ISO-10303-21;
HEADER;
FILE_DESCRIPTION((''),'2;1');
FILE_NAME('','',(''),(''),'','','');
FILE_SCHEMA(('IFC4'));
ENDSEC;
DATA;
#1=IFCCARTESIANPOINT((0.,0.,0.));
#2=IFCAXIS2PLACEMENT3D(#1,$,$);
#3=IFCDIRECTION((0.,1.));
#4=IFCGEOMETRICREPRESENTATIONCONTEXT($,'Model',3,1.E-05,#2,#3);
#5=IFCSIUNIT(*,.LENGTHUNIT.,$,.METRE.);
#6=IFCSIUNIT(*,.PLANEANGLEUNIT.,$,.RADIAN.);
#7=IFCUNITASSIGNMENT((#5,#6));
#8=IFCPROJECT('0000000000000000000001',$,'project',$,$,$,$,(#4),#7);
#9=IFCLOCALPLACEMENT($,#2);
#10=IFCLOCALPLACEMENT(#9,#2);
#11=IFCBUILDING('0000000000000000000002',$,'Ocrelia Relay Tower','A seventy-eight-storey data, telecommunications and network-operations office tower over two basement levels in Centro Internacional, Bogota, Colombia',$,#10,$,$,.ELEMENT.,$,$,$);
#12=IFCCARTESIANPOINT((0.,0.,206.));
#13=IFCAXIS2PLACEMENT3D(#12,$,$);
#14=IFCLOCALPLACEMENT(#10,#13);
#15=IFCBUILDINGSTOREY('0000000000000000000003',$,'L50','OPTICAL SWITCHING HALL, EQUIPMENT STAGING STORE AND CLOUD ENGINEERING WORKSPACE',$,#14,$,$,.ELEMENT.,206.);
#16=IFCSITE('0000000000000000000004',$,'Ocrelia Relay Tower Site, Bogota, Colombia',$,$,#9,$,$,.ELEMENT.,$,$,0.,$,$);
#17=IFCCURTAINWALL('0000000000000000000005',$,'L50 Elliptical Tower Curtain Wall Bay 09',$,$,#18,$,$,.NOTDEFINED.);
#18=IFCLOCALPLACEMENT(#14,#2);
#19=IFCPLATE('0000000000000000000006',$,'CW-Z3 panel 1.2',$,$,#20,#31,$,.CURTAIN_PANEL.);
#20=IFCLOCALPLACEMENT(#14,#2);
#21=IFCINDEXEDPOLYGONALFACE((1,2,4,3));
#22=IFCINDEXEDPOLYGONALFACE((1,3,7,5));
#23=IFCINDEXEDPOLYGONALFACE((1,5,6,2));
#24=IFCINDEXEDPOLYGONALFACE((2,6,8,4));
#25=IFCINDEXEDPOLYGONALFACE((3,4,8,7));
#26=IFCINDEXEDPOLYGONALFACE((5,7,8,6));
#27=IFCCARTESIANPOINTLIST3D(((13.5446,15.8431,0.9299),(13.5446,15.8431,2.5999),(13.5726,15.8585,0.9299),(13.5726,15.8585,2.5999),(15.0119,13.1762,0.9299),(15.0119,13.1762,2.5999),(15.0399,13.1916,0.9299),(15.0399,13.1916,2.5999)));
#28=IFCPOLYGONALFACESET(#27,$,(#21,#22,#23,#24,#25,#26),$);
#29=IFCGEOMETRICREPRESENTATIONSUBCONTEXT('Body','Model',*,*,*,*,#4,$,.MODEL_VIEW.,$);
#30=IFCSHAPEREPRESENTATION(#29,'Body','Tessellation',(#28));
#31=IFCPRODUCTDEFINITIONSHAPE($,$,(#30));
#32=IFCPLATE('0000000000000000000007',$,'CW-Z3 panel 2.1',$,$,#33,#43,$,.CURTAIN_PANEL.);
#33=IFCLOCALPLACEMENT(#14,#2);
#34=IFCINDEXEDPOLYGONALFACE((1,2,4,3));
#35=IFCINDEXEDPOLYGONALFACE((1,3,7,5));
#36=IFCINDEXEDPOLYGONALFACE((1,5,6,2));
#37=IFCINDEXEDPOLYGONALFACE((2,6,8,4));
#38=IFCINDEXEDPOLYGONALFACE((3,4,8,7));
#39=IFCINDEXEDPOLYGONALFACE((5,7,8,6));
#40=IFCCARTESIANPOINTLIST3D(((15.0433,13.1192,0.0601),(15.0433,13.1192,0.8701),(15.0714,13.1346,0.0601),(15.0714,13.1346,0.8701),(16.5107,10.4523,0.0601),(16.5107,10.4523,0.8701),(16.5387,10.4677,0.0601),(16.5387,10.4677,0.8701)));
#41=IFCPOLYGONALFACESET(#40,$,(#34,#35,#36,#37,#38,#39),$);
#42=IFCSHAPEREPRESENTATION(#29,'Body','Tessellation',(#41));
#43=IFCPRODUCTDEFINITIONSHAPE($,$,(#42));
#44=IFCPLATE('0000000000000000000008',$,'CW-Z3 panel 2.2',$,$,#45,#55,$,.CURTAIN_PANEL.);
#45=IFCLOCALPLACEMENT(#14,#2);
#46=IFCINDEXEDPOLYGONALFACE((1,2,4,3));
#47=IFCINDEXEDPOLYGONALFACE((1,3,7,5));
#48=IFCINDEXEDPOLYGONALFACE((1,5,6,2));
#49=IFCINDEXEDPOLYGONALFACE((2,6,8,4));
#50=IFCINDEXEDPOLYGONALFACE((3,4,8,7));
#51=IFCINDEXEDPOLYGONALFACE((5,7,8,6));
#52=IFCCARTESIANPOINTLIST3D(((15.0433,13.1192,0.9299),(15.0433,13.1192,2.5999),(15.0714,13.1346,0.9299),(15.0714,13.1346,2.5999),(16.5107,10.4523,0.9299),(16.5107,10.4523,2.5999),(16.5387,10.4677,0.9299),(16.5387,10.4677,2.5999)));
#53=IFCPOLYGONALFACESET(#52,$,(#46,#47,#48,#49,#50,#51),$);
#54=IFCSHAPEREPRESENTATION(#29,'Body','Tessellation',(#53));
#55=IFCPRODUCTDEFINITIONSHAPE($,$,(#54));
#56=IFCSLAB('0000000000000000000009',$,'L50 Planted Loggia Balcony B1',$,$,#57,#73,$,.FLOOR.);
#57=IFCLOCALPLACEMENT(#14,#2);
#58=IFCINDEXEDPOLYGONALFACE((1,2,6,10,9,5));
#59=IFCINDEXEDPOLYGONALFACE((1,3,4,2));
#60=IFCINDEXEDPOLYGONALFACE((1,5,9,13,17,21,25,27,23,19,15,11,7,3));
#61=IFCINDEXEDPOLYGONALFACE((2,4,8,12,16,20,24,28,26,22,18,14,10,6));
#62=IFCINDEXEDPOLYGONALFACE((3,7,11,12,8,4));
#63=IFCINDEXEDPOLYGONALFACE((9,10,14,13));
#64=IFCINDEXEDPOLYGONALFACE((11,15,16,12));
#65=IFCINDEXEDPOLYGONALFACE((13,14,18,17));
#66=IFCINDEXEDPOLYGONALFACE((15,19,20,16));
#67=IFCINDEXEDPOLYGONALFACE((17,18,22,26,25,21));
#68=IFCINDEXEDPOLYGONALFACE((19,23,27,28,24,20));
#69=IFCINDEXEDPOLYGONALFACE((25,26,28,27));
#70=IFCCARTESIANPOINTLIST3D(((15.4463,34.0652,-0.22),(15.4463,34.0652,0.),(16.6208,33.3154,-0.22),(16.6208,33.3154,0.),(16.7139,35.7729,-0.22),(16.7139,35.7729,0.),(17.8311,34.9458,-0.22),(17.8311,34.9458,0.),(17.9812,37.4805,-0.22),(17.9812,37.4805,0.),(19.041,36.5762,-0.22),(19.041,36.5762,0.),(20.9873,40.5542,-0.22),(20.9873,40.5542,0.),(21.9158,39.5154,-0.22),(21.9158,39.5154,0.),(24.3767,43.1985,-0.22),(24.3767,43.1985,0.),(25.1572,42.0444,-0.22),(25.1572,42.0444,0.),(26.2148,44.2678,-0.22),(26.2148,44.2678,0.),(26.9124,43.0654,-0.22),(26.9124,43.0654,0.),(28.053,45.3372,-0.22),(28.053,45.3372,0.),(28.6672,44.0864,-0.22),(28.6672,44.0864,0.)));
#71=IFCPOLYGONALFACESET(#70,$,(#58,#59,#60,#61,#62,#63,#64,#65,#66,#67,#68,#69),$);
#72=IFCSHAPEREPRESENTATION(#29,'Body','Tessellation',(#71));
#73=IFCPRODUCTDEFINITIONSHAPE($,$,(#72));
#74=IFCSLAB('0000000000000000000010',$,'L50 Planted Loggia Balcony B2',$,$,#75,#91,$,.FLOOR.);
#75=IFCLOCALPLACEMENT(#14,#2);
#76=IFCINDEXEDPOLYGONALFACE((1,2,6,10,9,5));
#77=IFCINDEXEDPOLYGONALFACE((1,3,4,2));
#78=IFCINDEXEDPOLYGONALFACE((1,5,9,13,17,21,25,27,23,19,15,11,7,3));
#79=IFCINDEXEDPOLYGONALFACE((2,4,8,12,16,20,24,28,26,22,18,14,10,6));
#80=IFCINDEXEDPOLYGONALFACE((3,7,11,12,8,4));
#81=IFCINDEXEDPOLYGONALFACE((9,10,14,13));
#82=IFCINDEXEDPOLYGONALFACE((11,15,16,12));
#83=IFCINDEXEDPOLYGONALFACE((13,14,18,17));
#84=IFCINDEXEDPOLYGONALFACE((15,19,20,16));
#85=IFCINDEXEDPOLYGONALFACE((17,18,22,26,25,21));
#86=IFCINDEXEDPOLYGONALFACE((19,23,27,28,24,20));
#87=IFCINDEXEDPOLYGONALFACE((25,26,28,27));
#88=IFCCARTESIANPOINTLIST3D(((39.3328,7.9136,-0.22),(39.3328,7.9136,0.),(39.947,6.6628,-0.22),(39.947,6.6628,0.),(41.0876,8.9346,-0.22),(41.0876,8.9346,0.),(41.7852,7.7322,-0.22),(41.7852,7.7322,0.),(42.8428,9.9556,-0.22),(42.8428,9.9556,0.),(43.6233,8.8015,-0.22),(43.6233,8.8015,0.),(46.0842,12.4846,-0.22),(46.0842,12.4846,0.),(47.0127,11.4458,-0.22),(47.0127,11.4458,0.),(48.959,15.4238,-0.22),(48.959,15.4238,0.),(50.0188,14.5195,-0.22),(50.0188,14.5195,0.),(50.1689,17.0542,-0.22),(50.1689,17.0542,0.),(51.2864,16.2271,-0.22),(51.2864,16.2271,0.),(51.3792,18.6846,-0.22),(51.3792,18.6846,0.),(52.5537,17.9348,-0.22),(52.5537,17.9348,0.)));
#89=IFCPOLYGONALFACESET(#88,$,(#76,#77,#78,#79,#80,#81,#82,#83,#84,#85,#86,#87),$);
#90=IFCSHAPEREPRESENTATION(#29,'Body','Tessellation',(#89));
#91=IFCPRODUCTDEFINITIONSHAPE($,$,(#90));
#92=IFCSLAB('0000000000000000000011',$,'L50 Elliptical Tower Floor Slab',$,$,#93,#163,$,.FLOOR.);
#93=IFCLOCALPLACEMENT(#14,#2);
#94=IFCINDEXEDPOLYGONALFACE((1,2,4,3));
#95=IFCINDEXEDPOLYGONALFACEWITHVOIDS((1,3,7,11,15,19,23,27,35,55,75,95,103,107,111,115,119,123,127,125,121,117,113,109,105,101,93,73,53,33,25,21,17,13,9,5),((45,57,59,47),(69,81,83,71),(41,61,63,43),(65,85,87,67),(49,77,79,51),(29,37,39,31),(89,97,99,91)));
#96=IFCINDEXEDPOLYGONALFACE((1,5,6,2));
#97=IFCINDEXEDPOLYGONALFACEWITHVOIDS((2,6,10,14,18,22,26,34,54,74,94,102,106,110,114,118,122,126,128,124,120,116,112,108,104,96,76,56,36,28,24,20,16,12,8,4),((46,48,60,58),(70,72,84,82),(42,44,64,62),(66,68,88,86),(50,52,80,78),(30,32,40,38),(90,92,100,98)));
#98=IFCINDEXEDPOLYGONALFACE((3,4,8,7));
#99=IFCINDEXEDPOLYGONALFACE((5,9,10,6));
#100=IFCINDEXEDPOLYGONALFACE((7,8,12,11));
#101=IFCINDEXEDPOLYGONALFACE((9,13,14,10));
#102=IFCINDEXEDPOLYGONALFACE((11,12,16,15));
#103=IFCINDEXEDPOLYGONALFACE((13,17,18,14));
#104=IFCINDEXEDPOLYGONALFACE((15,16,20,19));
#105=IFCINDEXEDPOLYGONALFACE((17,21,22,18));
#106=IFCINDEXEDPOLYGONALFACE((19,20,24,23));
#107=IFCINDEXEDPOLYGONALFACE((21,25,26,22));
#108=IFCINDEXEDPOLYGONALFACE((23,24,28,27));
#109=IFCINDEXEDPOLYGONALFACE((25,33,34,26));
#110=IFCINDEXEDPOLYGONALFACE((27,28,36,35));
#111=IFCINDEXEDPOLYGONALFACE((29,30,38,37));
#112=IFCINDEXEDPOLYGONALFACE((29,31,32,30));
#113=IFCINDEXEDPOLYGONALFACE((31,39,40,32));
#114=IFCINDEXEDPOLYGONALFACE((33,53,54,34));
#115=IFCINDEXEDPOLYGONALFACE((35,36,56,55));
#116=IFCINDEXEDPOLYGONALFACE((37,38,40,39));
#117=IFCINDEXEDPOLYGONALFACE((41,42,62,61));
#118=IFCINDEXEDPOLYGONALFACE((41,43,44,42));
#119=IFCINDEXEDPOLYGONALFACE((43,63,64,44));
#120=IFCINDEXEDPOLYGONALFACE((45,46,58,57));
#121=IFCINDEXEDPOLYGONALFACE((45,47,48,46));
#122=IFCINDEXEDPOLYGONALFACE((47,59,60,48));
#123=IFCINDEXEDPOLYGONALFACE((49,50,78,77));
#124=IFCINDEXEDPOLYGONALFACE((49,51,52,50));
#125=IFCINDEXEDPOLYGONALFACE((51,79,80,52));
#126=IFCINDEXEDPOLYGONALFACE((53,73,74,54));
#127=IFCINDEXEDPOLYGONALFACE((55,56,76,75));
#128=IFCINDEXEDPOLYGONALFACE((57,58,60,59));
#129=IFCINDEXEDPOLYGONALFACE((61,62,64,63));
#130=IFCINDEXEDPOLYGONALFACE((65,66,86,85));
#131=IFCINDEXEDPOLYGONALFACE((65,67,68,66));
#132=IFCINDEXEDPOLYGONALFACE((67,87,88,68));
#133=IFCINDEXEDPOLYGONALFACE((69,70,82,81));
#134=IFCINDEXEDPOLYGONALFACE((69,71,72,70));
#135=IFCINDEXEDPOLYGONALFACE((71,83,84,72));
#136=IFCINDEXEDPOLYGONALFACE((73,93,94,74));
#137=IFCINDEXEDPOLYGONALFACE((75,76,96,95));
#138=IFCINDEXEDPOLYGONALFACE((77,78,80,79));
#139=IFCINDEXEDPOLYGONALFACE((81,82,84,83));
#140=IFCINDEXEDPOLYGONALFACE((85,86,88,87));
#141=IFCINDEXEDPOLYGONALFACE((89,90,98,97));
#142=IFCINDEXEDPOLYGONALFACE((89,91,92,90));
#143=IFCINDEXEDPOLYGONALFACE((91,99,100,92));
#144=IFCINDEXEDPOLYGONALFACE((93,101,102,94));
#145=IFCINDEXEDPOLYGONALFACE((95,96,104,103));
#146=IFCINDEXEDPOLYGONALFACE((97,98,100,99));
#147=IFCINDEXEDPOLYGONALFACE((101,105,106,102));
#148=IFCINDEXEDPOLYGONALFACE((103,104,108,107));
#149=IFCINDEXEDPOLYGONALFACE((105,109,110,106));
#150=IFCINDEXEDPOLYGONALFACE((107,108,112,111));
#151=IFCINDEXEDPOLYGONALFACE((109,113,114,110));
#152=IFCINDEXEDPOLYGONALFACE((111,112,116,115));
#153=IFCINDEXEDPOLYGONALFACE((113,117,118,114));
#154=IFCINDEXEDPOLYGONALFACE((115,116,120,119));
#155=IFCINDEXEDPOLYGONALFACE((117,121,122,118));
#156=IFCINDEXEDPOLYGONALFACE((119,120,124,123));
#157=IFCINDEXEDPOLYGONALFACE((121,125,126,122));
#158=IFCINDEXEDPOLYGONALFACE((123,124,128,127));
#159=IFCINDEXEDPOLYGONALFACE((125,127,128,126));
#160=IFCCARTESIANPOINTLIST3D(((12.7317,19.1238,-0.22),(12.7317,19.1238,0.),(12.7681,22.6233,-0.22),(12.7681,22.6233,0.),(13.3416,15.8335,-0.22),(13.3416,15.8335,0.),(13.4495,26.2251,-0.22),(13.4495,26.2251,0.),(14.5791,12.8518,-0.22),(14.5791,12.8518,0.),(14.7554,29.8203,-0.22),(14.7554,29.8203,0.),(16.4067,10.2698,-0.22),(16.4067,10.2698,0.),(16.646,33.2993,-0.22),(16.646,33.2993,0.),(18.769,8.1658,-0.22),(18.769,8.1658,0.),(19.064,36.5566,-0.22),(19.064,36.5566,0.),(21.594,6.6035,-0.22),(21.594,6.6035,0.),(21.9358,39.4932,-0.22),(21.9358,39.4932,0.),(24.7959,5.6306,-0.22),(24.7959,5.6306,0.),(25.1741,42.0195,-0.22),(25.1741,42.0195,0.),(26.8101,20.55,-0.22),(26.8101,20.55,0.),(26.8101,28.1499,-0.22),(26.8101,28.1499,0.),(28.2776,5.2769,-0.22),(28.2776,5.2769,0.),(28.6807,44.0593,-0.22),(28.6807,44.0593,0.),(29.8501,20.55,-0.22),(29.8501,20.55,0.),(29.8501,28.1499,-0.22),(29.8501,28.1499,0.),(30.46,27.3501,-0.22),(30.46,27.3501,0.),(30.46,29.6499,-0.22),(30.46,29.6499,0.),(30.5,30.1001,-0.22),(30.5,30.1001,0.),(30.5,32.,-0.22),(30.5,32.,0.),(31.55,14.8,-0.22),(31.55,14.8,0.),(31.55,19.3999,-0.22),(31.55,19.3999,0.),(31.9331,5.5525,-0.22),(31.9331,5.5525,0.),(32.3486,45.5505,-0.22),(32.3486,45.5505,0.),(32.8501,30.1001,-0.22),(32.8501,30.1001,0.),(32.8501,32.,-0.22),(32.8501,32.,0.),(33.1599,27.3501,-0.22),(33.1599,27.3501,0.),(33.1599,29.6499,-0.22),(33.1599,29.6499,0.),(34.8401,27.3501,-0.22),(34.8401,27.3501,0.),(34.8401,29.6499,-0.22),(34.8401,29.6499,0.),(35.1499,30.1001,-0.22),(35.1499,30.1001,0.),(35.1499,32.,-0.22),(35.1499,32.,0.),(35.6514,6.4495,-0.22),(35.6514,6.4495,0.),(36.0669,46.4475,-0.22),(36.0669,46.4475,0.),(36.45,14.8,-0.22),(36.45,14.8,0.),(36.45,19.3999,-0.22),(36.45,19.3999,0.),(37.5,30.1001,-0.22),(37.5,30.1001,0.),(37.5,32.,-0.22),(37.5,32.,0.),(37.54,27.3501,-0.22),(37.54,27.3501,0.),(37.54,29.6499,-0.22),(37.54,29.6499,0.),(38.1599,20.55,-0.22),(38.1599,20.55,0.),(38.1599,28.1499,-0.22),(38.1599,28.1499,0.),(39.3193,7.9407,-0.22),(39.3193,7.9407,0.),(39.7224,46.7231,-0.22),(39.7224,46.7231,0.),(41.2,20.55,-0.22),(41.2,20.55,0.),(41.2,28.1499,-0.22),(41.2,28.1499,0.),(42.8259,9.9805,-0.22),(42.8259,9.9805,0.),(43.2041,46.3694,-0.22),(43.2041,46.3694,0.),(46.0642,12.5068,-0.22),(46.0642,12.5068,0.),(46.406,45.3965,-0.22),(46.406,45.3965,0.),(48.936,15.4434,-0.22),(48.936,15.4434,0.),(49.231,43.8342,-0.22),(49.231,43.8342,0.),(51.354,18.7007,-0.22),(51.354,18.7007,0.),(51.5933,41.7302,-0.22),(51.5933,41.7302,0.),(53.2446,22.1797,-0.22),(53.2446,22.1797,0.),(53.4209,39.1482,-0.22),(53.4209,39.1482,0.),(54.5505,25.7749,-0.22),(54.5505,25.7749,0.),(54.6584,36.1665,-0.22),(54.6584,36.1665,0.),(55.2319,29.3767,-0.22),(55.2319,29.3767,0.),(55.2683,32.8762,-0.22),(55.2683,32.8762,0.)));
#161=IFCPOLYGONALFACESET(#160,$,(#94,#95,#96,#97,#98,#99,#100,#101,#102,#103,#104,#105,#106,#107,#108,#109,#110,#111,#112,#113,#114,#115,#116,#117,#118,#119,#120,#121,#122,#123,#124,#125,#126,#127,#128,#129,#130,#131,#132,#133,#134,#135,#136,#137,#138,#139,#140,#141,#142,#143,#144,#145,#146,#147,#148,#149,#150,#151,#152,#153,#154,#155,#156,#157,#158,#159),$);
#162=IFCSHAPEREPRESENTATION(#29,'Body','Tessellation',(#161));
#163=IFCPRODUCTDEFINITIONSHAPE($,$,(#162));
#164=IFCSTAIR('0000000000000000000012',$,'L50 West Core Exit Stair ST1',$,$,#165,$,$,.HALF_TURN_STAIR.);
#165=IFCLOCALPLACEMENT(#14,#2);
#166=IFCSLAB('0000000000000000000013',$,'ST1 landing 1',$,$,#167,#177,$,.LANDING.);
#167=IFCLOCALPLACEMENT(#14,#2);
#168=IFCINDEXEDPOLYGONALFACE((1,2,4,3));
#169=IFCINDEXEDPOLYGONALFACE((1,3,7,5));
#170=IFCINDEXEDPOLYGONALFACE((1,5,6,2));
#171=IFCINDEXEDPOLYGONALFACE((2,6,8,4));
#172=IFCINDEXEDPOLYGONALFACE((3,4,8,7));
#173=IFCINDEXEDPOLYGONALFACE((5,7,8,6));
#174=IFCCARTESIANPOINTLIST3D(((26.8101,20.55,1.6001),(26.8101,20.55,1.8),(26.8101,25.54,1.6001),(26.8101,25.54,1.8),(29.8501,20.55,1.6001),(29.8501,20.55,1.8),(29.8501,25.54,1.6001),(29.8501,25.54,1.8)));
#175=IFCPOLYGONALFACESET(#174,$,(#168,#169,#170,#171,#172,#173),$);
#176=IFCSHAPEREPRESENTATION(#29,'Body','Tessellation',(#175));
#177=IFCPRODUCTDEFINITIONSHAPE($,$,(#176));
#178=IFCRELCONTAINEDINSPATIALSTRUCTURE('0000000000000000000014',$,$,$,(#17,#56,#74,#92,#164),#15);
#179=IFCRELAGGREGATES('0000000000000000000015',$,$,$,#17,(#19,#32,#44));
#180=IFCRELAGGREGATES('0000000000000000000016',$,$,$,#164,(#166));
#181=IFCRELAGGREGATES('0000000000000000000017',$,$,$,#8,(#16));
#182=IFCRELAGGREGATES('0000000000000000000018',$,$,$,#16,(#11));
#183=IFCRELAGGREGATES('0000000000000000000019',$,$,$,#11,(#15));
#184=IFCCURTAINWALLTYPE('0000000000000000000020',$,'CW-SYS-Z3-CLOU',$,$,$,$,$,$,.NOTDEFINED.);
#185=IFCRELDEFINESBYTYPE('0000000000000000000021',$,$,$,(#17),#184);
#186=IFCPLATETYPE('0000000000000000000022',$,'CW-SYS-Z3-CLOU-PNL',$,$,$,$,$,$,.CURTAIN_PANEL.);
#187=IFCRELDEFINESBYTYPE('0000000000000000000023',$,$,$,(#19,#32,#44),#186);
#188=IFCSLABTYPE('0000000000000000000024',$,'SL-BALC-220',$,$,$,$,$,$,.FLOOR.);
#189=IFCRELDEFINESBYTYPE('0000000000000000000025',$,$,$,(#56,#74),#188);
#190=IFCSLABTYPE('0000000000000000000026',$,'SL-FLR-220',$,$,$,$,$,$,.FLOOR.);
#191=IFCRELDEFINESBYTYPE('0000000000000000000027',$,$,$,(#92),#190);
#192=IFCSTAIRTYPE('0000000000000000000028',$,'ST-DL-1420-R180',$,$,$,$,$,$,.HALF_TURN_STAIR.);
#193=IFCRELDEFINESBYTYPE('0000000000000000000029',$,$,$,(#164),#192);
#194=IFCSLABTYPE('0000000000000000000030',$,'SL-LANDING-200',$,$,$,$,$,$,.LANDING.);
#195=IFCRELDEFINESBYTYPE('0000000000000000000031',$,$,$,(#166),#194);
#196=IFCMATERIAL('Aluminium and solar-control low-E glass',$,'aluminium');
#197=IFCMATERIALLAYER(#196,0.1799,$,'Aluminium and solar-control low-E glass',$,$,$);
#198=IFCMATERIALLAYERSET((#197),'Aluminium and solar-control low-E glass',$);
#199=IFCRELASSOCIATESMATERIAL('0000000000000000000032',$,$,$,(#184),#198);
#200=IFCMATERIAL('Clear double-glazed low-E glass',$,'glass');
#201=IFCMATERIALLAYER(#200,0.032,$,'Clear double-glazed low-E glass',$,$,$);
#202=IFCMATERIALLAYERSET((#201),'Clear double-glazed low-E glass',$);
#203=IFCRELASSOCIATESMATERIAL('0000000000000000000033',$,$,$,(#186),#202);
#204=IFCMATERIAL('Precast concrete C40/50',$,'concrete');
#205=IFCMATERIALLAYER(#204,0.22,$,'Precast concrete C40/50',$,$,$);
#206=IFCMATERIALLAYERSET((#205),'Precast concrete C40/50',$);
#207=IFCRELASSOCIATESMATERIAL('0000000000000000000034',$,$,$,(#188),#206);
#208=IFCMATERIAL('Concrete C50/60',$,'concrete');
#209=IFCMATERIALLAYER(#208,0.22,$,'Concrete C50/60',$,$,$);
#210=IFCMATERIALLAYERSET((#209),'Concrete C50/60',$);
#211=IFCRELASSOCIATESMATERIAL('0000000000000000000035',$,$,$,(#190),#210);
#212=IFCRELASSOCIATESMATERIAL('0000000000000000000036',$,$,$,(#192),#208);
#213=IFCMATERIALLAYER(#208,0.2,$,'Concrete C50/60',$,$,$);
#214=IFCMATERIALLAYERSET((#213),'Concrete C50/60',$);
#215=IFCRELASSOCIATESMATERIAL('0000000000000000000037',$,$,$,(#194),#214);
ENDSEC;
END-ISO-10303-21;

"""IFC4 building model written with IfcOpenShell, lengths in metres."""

from ifc_helpers import new_model, si_unit, direction, frame, origin, origin_2d, place, context, subcontext, project, spatial, polyline, rectangle, outline, extrude, material, layer, layer_set, type_object, element, aggregate, save


model = new_model("IFC4")

# Units and contexts
model_context = context("Model", 3, precision=1e-05, world=origin(), true_north=direction((0.0, 1.0)))
body_context = subcontext(model_context, "Body", "Model", "MODEL_VIEW")
ifc_project = project(units=[si_unit("LENGTHUNIT", "METRE"), si_unit("PLANEANGLEUNIT", "RADIAN")], contexts=[model_context])

# Site, building, storey
site_placement = place(None, origin())
site = spatial("IfcSite", under=ifc_project, at=site_placement, Name="Ocrelia Relay Tower Site, Bogota, Colombia", CompositionType="ELEMENT", RefElevation=0.0)
building_placement = place(site_placement, origin())
building = spatial("IfcBuilding", under=site, at=building_placement, Name="Ocrelia Relay Tower", Description="A seventy-eight-storey data, telecommunications and network-operations office tower over two basement levels in Centro Internacional, Bogota, Colombia", CompositionType="ELEMENT")
storey_placement = place(building_placement, frame((0.0, 0.0, 206.0)))
storey = spatial("IfcBuildingStorey", under=building, at=storey_placement, Name="L50", Description="OPTICAL SWITCHING HALL, EQUIPMENT STAGING STORE AND CLOUD ENGINEERING WORKSPACE", CompositionType="ELEMENT", Elevation=206.0)

# Curtain wall
ifc_material_1 = material(Name="Aluminium and solar-control low-E glass", Category="aluminium")
ifc_layer_1 = layer(ifc_material_1, 0.1799, Name="Aluminium and solar-control low-E glass")
ifc_layer_set_1 = layer_set([ifc_layer_1], Name="Aluminium and solar-control low-E glass")
curtain_wall_type = type_object("IfcCurtainWallType", Name="CW-SYS-Z3-CLOU", PredefinedType="NOTDEFINED", material=ifc_layer_set_1)
curtain_wall_1_placement = place(storey_placement, origin())
curtain_wall_1 = element("IfcCurtainWall", 1, at=curtain_wall_1_placement, inside=storey, type_object=curtain_wall_type, Name="L50 Elliptical Tower Curtain Wall Bay 09", PredefinedType="NOTDEFINED")

# Plates
ifc_material_2 = material(Name="Clear double-glazed low-E glass", Category="glass")
ifc_layer_2 = layer(ifc_material_2, 0.032, Name="Clear double-glazed low-E glass")
ifc_layer_set_2 = layer_set([ifc_layer_2], Name="Clear double-glazed low-E glass")
plate_type = type_object("IfcPlateType", Name="CW-SYS-Z3-CLOU-PNL", PredefinedType="CURTAIN_PANEL", material=ifc_layer_set_2)
plate_1_placement = place(storey_placement, frame((14.2922, 14.5173, 0.9299), z_axis=(0.0, 0.0, 1.0), x_axis=(0.482049, -0.876144, 0.0)))
plate_1 = element("IfcPlate", 2, at=plate_1_placement, type_object=plate_type, Name="CW-Z3 panel 1.2", PredefinedType="CURTAIN_PANEL", context=body_context, shape_type="SweptSolid", body=[
    extrude(rectangle(XDim=3.0439, YDim=0.032, at=origin_2d()), origin(), (0.0, 0.0, 1.0), 1.6699),
])
plate_2_placement = place(storey_placement, frame((15.791, 11.7935, 0.0601), z_axis=(0.0, 0.0, 1.0), x_axis=(0.482049, -0.876144, 0.0)))
plate_2 = element("IfcPlate", 3, at=plate_2_placement, type_object=plate_type, Name="CW-Z3 panel 2.1", PredefinedType="CURTAIN_PANEL", context=body_context, shape_type="SweptSolid", body=[
    extrude(rectangle(XDim=3.0439, YDim=0.032, at=origin_2d()), origin(), (0.0, 0.0, 1.0), 0.8101),
])
plate_3_placement = place(storey_placement, frame((15.791, 11.7935, 0.9299), z_axis=(0.0, 0.0, 1.0), x_axis=(0.482049, -0.876144, 0.0)))
plate_3 = element("IfcPlate", 4, at=plate_3_placement, type_object=plate_type, Name="CW-Z3 panel 2.2", PredefinedType="CURTAIN_PANEL", context=body_context, shape_type="SweptSolid", body=[
    extrude(rectangle(XDim=3.0439, YDim=0.032, at=origin_2d()), origin(), (0.0, 0.0, 1.0), 1.6699),
])
aggregate(curtain_wall_1, [plate_1, plate_2, plate_3])

# Slabs
ifc_material_3 = material(Name="Precast concrete C40/50", Category="concrete")
ifc_layer_3 = layer(ifc_material_3, 0.22, Name="Precast concrete C40/50")
ifc_layer_set_3 = layer_set([ifc_layer_3], Name="Precast concrete C40/50")
slab_type_1 = type_object("IfcSlabType", Name="SL-BALC-220", PredefinedType="FLOOR", material=ifc_layer_set_3)
slab_1_placement = place(storey_placement, frame((0.0, 0.0, -0.22)))
element("IfcSlab", 5, at=slab_1_placement, inside=storey, type_object=slab_type_1, Name="L50 Planted Loggia Balcony B1", PredefinedType="FLOOR", context=body_context, shape_type="SweptSolid", body=[
    extrude(outline(polyline([(28.6672, 44.0864), (26.9124, 43.0654), (25.1572, 42.0444), (21.9158, 39.5154), (19.041, 36.5762), (17.8311, 34.9458), (16.6208, 33.3154), (15.4463, 34.0652), (16.7139, 35.7729), (17.9812, 37.4805), (20.9873, 40.5542), (24.3767, 43.1985), (26.2148, 44.2678), (28.053, 45.3372), (28.6672, 44.0864)])), origin(), (0.0, 0.0, 1.0), 0.22),
])
slab_2_placement = place(storey_placement, frame((0.0, 0.0, -0.22)))
element("IfcSlab", 6, at=slab_2_placement, inside=storey, type_object=slab_type_1, Name="L50 Planted Loggia Balcony B2", PredefinedType="FLOOR", context=body_context, shape_type="SweptSolid", body=[
    extrude(outline(polyline([(39.3328, 7.9136), (41.0876, 8.9346), (42.8428, 9.9556), (46.0842, 12.4846), (48.959, 15.4238), (50.1689, 17.0542), (51.3792, 18.6846), (52.5537, 17.9348), (51.2864, 16.2271), (50.0188, 14.5195), (47.0127, 11.4458), (43.6233, 8.8015), (41.7852, 7.7322), (39.947, 6.6628), (39.3328, 7.9136)])), origin(), (0.0, 0.0, 1.0), 0.22),
])
ifc_material_4 = material(Name="Concrete C50/60", Category="concrete")
ifc_layer_4 = layer(ifc_material_4, 0.22, Name="Concrete C50/60")
ifc_layer_set_4 = layer_set([ifc_layer_4], Name="Concrete C50/60")
slab_type_2 = type_object("IfcSlabType", Name="SL-FLR-220", PredefinedType="FLOOR", material=ifc_layer_set_4)
slab_3_placement = place(storey_placement, frame((0.0, 0.0, -0.22)))
element("IfcSlab", 7, at=slab_3_placement, inside=storey, type_object=slab_type_2, Name="L50 Elliptical Tower Floor Slab", PredefinedType="FLOOR", context=body_context, shape_type="SweptSolid", body=[
    extrude(outline(polyline([(51.5933, 41.7302), (49.231, 43.8342), (46.406, 45.3965), (43.2041, 46.3694), (39.7224, 46.7231), (36.0669, 46.4475), (32.3486, 45.5505), (28.6807, 44.0593), (25.1741, 42.0195), (21.9358, 39.4932), (19.064, 36.5566), (16.646, 33.2993), (14.7554, 29.8203), (13.4495, 26.2251), (12.7681, 22.6233), (12.7317, 19.1238), (13.3416, 15.8335), (14.5791, 12.8518), (16.4067, 10.2698), (18.769, 8.1658), (21.594, 6.6035), (24.7959, 5.6306), (28.2776, 5.2769), (31.9331, 5.5525), (35.6514, 6.4495), (39.3193, 7.9407), (42.8259, 9.9805), (46.0642, 12.5068), (48.936, 15.4434), (51.354, 18.7007), (53.2446, 22.1797), (54.5505, 25.7749), (55.2319, 29.3767), (55.2683, 32.8762), (54.6584, 36.1665), (53.4209, 39.1482), (51.5933, 41.7302)]), holes=[polyline([(26.8101, 28.1499), (26.8101, 20.55), (29.8501, 20.55), (29.8501, 28.1499), (26.8101, 28.1499)]), polyline([(38.1599, 28.1499), (38.1599, 20.55), (41.2, 20.55), (41.2, 28.1499), (38.1599, 28.1499)]), polyline([(30.46, 27.3501), (33.1599, 27.3501), (33.1599, 29.6499), (30.46, 29.6499), (30.46, 27.3501)]), polyline([(34.8401, 27.3501), (37.54, 27.3501), (37.54, 29.6499), (34.8401, 29.6499), (34.8401, 27.3501)]), polyline([(30.5, 30.1001), (32.8501, 30.1001), (32.8501, 32.0), (30.5, 32.0), (30.5, 30.1001)]), polyline([(35.1499, 30.1001), (37.5, 30.1001), (37.5, 32.0), (35.1499, 32.0), (35.1499, 30.1001)]), polyline([(31.55, 14.8), (36.45, 14.8), (36.45, 19.3999), (31.55, 19.3999), (31.55, 14.8)])]), origin(), (0.0, 0.0, 1.0), 0.22),
])

# Stair, slab
stair_type = type_object("IfcStairType", Name="ST-DL-1420-R180", PredefinedType="HALF_TURN_STAIR", material=ifc_material_4)
stair_1_placement = place(storey_placement, origin())
stair_1 = element("IfcStair", 8, at=stair_1_placement, inside=storey, type_object=stair_type, Name="L50 West Core Exit Stair ST1", PredefinedType="HALF_TURN_STAIR")
ifc_layer_5 = layer(ifc_material_4, 0.2, Name="Concrete C50/60")
ifc_layer_set_5 = layer_set([ifc_layer_5], Name="Concrete C50/60")
slab_type_3 = type_object("IfcSlabType", Name="SL-LANDING-200", PredefinedType="LANDING", material=ifc_layer_set_5)
slab_4_placement = place(storey_placement, frame((0.0, 0.0, 1.6001)))
slab_4 = element("IfcSlab", 9, at=slab_4_placement, type_object=slab_type_3, Name="ST1 landing 1", PredefinedType="LANDING", context=body_context, shape_type="SweptSolid", body=[
    extrude(outline(polyline([(26.8101, 25.54), (26.8101, 20.55), (29.8501, 20.55), (29.8501, 25.54), (26.8101, 25.54)])), origin(), (0.0, 0.0, 1.0), 0.2),
])
aggregate(stair_1, [slab_4])

save(model, "model.ifc")
